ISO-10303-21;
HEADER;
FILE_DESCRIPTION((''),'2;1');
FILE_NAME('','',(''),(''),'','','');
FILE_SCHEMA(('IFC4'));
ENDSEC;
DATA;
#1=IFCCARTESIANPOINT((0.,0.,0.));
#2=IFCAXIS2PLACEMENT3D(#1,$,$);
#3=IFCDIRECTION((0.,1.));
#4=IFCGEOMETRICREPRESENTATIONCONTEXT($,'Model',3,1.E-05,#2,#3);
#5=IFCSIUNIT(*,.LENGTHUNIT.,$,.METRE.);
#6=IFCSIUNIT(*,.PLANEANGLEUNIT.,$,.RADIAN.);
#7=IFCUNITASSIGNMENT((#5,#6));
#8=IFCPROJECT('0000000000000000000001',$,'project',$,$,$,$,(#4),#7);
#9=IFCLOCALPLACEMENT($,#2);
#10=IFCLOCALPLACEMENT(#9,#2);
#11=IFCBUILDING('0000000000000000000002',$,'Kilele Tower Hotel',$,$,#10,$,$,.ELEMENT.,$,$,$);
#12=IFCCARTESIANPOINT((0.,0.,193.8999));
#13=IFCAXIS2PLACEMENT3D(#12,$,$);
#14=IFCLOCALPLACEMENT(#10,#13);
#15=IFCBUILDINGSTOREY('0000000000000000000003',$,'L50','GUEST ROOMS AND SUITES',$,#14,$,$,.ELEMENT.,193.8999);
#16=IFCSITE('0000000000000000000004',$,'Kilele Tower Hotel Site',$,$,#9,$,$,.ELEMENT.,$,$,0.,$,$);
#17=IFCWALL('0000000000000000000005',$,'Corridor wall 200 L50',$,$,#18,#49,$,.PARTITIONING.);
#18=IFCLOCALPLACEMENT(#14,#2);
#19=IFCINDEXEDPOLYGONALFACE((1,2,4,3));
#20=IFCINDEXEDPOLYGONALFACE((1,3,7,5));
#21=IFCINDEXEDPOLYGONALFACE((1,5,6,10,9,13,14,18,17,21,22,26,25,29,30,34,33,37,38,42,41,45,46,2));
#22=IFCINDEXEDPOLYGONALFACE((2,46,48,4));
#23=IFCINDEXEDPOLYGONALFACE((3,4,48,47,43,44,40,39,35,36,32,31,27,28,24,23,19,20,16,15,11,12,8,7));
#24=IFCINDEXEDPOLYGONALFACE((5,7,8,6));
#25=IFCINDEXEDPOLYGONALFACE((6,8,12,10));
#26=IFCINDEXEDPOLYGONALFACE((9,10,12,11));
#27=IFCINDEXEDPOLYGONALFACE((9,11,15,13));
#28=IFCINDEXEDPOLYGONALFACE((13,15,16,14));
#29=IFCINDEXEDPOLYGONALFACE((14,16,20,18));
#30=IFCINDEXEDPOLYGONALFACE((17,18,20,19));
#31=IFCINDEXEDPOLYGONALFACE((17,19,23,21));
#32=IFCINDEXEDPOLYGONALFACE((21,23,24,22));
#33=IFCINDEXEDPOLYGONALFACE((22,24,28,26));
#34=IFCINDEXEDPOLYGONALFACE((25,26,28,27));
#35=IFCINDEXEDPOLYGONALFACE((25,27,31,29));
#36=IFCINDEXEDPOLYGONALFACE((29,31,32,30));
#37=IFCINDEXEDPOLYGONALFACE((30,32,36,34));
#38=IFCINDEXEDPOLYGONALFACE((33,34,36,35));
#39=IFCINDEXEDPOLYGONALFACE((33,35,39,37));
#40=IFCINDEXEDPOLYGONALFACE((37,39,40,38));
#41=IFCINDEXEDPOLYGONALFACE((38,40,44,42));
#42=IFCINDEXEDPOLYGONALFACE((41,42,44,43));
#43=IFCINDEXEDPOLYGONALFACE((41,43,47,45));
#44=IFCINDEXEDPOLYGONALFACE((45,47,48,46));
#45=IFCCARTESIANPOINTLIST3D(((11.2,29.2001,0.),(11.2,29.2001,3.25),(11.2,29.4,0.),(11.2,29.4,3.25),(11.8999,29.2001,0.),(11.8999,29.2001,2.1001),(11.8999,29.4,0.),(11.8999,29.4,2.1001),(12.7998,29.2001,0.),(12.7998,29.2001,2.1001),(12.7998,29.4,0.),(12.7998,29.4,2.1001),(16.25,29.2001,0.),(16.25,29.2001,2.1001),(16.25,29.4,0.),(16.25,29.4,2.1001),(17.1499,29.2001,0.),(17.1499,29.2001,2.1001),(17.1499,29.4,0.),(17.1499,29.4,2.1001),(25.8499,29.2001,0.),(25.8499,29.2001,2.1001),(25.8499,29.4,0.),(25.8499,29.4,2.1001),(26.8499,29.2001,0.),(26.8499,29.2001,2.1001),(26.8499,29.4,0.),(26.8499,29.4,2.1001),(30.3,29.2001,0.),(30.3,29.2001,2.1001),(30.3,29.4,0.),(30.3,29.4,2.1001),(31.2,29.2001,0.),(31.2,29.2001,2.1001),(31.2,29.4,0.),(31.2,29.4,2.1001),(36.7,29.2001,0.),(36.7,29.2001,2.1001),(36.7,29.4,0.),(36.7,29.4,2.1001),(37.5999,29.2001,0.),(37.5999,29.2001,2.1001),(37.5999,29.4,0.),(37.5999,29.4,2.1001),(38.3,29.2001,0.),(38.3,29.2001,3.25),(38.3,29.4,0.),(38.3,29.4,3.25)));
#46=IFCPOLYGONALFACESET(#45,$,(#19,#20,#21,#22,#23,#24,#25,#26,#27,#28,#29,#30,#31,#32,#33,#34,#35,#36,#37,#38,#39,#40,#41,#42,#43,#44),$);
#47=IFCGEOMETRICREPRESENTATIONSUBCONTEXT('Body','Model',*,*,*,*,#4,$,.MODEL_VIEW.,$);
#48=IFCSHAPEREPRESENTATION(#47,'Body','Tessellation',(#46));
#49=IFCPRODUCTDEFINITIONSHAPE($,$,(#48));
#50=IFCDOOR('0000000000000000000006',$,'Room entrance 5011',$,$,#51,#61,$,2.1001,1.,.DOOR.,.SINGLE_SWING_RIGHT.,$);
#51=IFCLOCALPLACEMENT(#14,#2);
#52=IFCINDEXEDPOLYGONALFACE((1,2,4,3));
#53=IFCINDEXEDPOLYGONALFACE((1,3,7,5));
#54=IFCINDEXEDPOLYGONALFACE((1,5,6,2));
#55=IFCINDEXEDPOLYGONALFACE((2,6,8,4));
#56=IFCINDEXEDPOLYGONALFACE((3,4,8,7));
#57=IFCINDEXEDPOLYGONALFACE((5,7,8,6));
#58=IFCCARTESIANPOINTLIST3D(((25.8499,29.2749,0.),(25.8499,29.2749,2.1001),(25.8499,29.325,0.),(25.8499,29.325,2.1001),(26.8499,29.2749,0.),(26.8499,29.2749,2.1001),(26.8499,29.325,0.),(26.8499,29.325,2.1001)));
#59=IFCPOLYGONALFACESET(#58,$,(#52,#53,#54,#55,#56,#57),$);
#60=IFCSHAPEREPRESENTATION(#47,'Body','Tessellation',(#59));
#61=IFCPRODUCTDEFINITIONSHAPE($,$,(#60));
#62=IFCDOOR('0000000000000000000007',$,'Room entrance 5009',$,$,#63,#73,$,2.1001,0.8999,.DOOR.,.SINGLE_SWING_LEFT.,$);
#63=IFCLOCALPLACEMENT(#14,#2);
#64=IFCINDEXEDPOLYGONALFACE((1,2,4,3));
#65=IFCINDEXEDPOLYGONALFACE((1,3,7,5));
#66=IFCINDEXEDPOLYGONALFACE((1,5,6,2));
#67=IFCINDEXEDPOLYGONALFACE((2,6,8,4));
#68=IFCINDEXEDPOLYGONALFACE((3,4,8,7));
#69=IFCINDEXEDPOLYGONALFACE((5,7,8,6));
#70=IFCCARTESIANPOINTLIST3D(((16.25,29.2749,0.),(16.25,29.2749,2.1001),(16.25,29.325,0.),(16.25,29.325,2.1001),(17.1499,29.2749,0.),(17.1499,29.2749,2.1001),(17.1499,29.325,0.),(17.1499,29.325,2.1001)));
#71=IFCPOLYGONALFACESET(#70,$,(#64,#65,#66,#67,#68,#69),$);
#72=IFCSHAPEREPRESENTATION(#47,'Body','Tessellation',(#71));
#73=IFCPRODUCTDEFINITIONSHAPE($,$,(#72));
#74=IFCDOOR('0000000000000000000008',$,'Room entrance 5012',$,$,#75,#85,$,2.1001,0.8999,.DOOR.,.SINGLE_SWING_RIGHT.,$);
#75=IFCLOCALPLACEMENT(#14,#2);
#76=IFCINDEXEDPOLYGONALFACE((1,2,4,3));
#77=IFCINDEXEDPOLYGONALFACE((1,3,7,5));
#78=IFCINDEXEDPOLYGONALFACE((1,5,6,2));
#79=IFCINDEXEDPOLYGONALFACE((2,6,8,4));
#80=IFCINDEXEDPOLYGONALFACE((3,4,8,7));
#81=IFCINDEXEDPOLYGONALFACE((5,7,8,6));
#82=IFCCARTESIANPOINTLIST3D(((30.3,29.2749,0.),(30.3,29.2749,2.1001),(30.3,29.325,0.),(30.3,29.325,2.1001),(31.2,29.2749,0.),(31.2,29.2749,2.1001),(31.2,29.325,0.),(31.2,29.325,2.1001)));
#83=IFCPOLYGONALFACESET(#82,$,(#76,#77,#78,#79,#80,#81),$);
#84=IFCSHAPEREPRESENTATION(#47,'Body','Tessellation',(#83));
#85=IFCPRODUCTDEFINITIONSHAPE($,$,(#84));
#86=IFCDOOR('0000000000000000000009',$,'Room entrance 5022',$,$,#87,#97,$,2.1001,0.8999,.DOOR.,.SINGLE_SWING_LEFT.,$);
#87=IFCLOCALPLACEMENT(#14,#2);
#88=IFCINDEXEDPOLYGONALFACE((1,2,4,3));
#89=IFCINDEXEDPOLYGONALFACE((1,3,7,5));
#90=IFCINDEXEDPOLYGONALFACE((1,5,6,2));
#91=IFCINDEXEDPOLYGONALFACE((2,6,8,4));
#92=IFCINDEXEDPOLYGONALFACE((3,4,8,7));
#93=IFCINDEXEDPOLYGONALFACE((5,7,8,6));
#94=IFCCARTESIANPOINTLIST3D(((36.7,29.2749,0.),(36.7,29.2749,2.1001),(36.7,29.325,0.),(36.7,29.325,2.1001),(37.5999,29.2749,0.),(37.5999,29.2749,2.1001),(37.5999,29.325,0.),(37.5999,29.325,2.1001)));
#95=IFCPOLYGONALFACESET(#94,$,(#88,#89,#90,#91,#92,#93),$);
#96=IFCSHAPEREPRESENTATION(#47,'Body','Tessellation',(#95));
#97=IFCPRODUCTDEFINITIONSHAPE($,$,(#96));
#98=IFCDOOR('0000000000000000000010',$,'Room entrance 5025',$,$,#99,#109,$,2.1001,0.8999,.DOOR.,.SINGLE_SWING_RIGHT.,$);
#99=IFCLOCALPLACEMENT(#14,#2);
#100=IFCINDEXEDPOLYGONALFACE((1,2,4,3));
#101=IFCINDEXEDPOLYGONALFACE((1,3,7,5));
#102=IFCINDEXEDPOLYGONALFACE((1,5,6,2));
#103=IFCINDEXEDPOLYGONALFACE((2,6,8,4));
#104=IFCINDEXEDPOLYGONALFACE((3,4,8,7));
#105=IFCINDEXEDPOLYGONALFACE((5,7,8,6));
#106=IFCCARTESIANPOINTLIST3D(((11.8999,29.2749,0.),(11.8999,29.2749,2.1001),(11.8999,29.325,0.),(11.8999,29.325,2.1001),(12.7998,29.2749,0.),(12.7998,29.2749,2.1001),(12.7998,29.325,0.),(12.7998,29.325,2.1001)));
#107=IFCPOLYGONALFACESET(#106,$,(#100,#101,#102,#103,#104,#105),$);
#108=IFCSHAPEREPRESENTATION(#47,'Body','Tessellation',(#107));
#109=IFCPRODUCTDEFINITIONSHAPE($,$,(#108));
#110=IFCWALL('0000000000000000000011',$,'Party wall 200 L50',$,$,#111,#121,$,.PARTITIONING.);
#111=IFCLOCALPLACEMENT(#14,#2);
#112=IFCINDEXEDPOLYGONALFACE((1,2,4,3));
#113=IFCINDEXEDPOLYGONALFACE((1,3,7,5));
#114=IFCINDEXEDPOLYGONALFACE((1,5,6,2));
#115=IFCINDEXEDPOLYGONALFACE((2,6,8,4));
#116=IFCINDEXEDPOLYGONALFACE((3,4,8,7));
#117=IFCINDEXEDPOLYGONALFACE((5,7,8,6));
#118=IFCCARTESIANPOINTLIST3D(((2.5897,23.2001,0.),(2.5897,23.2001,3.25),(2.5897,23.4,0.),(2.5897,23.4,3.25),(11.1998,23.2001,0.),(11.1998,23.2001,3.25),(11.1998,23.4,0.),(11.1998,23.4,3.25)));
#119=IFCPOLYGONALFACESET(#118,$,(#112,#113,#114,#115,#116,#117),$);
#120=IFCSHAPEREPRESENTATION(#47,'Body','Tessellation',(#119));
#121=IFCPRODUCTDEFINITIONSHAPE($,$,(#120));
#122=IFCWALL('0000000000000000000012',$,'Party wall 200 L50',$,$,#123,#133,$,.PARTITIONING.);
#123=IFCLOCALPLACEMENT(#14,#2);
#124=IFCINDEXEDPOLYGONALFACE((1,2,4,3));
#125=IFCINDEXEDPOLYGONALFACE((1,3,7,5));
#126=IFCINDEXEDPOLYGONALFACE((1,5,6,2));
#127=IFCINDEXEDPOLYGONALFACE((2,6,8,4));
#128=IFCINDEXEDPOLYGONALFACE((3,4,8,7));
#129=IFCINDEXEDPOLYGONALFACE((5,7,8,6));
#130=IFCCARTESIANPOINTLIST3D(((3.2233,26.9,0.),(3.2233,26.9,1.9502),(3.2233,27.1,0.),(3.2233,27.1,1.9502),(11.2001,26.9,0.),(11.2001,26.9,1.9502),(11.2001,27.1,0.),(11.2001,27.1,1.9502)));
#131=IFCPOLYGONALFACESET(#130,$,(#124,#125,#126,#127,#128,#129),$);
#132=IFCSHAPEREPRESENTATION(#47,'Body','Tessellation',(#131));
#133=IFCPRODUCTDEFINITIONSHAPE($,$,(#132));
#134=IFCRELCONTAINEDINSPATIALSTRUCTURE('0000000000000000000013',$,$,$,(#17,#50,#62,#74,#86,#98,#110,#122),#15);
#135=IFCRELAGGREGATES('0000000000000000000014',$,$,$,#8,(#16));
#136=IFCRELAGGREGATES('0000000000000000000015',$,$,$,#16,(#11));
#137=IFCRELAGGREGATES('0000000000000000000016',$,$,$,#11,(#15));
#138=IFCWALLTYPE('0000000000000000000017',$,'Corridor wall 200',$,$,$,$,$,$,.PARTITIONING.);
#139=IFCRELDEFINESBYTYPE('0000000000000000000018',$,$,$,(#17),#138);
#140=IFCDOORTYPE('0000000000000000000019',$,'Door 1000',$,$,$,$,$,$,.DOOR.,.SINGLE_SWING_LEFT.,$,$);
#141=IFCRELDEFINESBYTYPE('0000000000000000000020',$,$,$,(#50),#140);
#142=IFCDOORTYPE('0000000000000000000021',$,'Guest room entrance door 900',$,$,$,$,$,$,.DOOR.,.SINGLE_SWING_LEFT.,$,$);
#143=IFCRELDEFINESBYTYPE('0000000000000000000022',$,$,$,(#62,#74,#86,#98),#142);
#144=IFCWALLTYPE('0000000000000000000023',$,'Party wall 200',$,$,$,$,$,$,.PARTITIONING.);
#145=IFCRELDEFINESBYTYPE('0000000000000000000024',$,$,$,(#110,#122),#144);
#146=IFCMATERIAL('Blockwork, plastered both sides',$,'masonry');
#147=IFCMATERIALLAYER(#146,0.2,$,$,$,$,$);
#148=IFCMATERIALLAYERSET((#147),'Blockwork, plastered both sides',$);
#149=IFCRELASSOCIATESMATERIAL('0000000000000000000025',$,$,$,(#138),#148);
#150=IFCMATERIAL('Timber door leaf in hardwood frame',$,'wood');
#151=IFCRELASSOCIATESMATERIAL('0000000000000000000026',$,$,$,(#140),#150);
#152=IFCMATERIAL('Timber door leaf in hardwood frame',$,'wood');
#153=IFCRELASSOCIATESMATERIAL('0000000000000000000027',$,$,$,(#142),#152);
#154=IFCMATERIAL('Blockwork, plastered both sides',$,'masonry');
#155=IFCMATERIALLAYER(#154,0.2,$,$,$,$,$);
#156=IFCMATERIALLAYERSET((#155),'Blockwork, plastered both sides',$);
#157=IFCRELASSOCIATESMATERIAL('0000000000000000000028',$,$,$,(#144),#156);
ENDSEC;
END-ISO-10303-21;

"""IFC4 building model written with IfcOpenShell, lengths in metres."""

from ifc_helpers import new_model, si_unit, direction, frame, frame_2d, origin, place, context, subcontext, project, spatial, rectangle, extrude, material, layer, layer_set, type_object, element, fill, save


model = new_model("IFC4")

# Units and contexts
model_context = context("Model", 3, precision=1e-05, world=origin(), true_north=direction((0.0, 1.0)))
body_context = subcontext(model_context, "Body", "Model", "MODEL_VIEW")
ifc_project = project(units=[si_unit("LENGTHUNIT", "METRE"), si_unit("PLANEANGLEUNIT", "RADIAN")], contexts=[model_context])

# Site, building, storey
site_placement = place(None, origin())
site = spatial("IfcSite", under=ifc_project, at=site_placement, Name="Kilele Tower Hotel Site", CompositionType="ELEMENT", RefElevation=0.0)
building_placement = place(site_placement, origin())
building = spatial("IfcBuilding", under=site, at=building_placement, Name="Kilele Tower Hotel", CompositionType="ELEMENT")
storey_placement = place(building_placement, frame((0.0, 0.0, 193.8999)))
storey = spatial("IfcBuildingStorey", under=building, at=storey_placement, Name="L50", Description="GUEST ROOMS AND SUITES", CompositionType="ELEMENT", Elevation=193.8999)

# Wall, openings, doors
ifc_material_1 = material(Name="Blockwork, plastered both sides", Category="masonry")
ifc_layer_1 = layer(ifc_material_1, 0.2)
ifc_layer_set_1 = layer_set([ifc_layer_1], Name="Blockwork, plastered both sides")
wall_type_1 = type_object("IfcWallType", Name="Corridor wall 200", PredefinedType="PARTITIONING", material=ifc_layer_set_1)
wall_1_placement = place(storey_placement, frame((11.2, 29.3, 0.0), z_axis=(0.0, 0.0, 1.0), x_axis=(1.0, 0.0, 0.0)))
wall_1 = element("IfcWall", 1, at=wall_1_placement, inside=storey, type_object=wall_type_1, Name="Corridor wall 200 L50", PredefinedType="PARTITIONING", context=body_context, shape_type="SweptSolid", body=[
    extrude(rectangle(XDim=27.1001, YDim=0.2, at=frame_2d((13.55, 0.0))), origin(), (0.0, 0.0, 1.0), 3.25),
])
opening_1_placement = place(wall_1_placement, frame((5.05, 0.0, 0.0)))
opening_1 = element("IfcOpeningElement", 2, at=opening_1_placement, cuts=wall_1, PredefinedType="OPENING", context=body_context, shape_type="SweptSolid", body=[
    extrude(rectangle(XDim=0.8999, YDim=2.1001, at=frame_2d((0.45, 1.05))), frame((0.0, 0.1099, 0.0), z_axis=(0.0, -1.0, 0.0), x_axis=(1.0, 0.0, 0.0)), (0.0, 0.0, 1.0), 0.22),
])
opening_2_placement = place(wall_1_placement, frame((14.6499, 0.0, 0.0)))
opening_2 = element("IfcOpeningElement", 3, at=opening_2_placement, cuts=wall_1, PredefinedType="OPENING", context=body_context, shape_type="SweptSolid", body=[
    extrude(rectangle(XDim=1.0, YDim=2.1001, at=frame_2d((0.5, 1.05))), frame((0.0, 0.1099, 0.0), z_axis=(0.0, -1.0, 0.0), x_axis=(1.0, 0.0, 0.0)), (0.0, 0.0, 1.0), 0.22),
])
opening_3_placement = place(wall_1_placement, frame((19.1001, 0.0, 0.0)))
opening_3 = element("IfcOpeningElement", 4, at=opening_3_placement, cuts=wall_1, PredefinedType="OPENING", context=body_context, shape_type="SweptSolid", body=[
    extrude(rectangle(XDim=0.8999, YDim=2.1001, at=frame_2d((0.45, 1.05))), frame((0.0, 0.1099, 0.0), z_axis=(0.0, -1.0, 0.0), x_axis=(1.0, 0.0, 0.0)), (0.0, 0.0, 1.0), 0.22),
])
opening_4_placement = place(wall_1_placement, frame((25.5, 0.0, 0.0)))
opening_4 = element("IfcOpeningElement", 5, at=opening_4_placement, cuts=wall_1, PredefinedType="OPENING", context=body_context, shape_type="SweptSolid", body=[
    extrude(rectangle(XDim=0.8999, YDim=2.1001, at=frame_2d((0.45, 1.05))), frame((0.0, 0.1099, 0.0), z_axis=(0.0, -1.0, 0.0), x_axis=(1.0, 0.0, 0.0)), (0.0, 0.0, 1.0), 0.22),
])
opening_5_placement = place(wall_1_placement, frame((0.7, 0.0, 0.0)))
opening_5 = element("IfcOpeningElement", 6, at=opening_5_placement, cuts=wall_1, PredefinedType="OPENING", context=body_context, shape_type="SweptSolid", body=[
    extrude(rectangle(XDim=0.8999, YDim=2.1001, at=frame_2d((0.45, 1.05))), frame((0.0, 0.1099, 0.0), z_axis=(0.0, -1.0, 0.0), x_axis=(1.0, 0.0, 0.0)), (0.0, 0.0, 1.0), 0.22),
])
ifc_material_2 = material(Name="Timber door leaf in hardwood frame", Category="wood")
door_type_1 = type_object("IfcDoorType", Name="Door 1000", OperationType="SINGLE_SWING_LEFT", PredefinedType="DOOR", material=ifc_material_2)
door_1_placement = place(opening_2_placement, origin())
door_1 = element("IfcDoor", 7, at=door_1_placement, inside=storey, type_object=door_type_1, Name="Room entrance 5011", OperationType="SINGLE_SWING_RIGHT", OverallHeight=2.1001, OverallWidth=1.0, PredefinedType="DOOR", context=body_context, shape_type="SweptSolid", body=[
    extrude(rectangle(XDim=1.0, YDim=2.1001, at=frame_2d((0.5, 1.05))), frame((0.0, 0.0249, 0.0), z_axis=(0.0, -1.0, 0.0), x_axis=(1.0, 0.0, 0.0)), (0.0, 0.0, 1.0), 0.05),
])
fill(opening_2, door_1)
ifc_material_3 = material(Name="Timber door leaf in hardwood frame", Category="wood")
door_type_2 = type_object("IfcDoorType", Name="Guest room entrance door 900", OperationType="SINGLE_SWING_LEFT", PredefinedType="DOOR", material=ifc_material_3)
door_2_placement = place(opening_1_placement, origin())
door_2 = element("IfcDoor", 8, at=door_2_placement, inside=storey, type_object=door_type_2, Name="Room entrance 5009", OperationType="SINGLE_SWING_LEFT", OverallHeight=2.1001, OverallWidth=0.8999, PredefinedType="DOOR", context=body_context, shape_type="SweptSolid", body=[
    extrude(rectangle(XDim=0.8999, YDim=2.1001, at=frame_2d((0.45, 1.05))), frame((0.0, 0.0249, 0.0), z_axis=(0.0, -1.0, 0.0), x_axis=(1.0, 0.0, 0.0)), (0.0, 0.0, 1.0), 0.05),
])
fill(opening_1, door_2)
door_3_placement = place(opening_3_placement, origin())
door_3 = element("IfcDoor", 9, at=door_3_placement, inside=storey, type_object=door_type_2, Name="Room entrance 5012", OperationType="SINGLE_SWING_RIGHT", OverallHeight=2.1001, OverallWidth=0.8999, PredefinedType="DOOR", context=body_context, shape_type="SweptSolid", body=[
    extrude(rectangle(XDim=0.8999, YDim=2.1001, at=frame_2d((0.45, 1.05))), frame((0.0, 0.0249, 0.0), z_axis=(0.0, -1.0, 0.0), x_axis=(1.0, 0.0, 0.0)), (0.0, 0.0, 1.0), 0.05),
])
fill(opening_3, door_3)
door_4_placement = place(opening_4_placement, origin())
door_4 = element("IfcDoor", 10, at=door_4_placement, inside=storey, type_object=door_type_2, Name="Room entrance 5022", OperationType="SINGLE_SWING_LEFT", OverallHeight=2.1001, OverallWidth=0.8999, PredefinedType="DOOR", context=body_context, shape_type="SweptSolid", body=[
    extrude(rectangle(XDim=0.8999, YDim=2.1001, at=frame_2d((0.45, 1.05))), frame((0.0, 0.0249, 0.0), z_axis=(0.0, -1.0, 0.0), x_axis=(1.0, 0.0, 0.0)), (0.0, 0.0, 1.0), 0.05),
])
fill(opening_4, door_4)
door_5_placement = place(opening_5_placement, origin())
door_5 = element("IfcDoor", 11, at=door_5_placement, inside=storey, type_object=door_type_2, Name="Room entrance 5025", OperationType="SINGLE_SWING_RIGHT", OverallHeight=2.1001, OverallWidth=0.8999, PredefinedType="DOOR", context=body_context, shape_type="SweptSolid", body=[
    extrude(rectangle(XDim=0.8999, YDim=2.1001, at=frame_2d((0.45, 1.05))), frame((0.0, 0.0249, 0.0), z_axis=(0.0, -1.0, 0.0), x_axis=(1.0, 0.0, 0.0)), (0.0, 0.0, 1.0), 0.05),
])
fill(opening_5, door_5)

# Walls
ifc_material_4 = material(Name="Blockwork, plastered both sides", Category="masonry")
ifc_layer_2 = layer(ifc_material_4, 0.2)
ifc_layer_set_2 = layer_set([ifc_layer_2], Name="Blockwork, plastered both sides")
wall_type_2 = type_object("IfcWallType", Name="Party wall 200", PredefinedType="PARTITIONING", material=ifc_layer_set_2)
wall_2_placement = place(storey_placement, frame((11.2, 23.3, 0.0), z_axis=(0.0, 0.0, 1.0), x_axis=(-1.0, 0.0, 0.0)))
element("IfcWall", 12, at=wall_2_placement, inside=storey, type_object=wall_type_2, Name="Party wall 200 L50", PredefinedType="PARTITIONING", context=body_context, shape_type="SweptSolid", body=[
    extrude(rectangle(XDim=8.6101, YDim=0.2, at=frame_2d((4.3052, 0.0))), origin(), (0.0, 0.0, 1.0), 3.25),
])
wall_3_placement = place(storey_placement, frame((11.2, 27.0, 0.0), z_axis=(0.0, 0.0, 1.0), x_axis=(-1.0, 0.0, 0.0)))
element("IfcWall", 13, at=wall_3_placement, inside=storey, type_object=wall_type_2, Name="Party wall 200 L50", PredefinedType="PARTITIONING", context=body_context, shape_type="SweptSolid", body=[
    extrude(rectangle(XDim=7.9768, YDim=0.2, at=frame_2d((3.9883, 0.0))), origin(), (0.0, 0.0, 1.0), 1.9502),
])

save(model, "model.ifc")
